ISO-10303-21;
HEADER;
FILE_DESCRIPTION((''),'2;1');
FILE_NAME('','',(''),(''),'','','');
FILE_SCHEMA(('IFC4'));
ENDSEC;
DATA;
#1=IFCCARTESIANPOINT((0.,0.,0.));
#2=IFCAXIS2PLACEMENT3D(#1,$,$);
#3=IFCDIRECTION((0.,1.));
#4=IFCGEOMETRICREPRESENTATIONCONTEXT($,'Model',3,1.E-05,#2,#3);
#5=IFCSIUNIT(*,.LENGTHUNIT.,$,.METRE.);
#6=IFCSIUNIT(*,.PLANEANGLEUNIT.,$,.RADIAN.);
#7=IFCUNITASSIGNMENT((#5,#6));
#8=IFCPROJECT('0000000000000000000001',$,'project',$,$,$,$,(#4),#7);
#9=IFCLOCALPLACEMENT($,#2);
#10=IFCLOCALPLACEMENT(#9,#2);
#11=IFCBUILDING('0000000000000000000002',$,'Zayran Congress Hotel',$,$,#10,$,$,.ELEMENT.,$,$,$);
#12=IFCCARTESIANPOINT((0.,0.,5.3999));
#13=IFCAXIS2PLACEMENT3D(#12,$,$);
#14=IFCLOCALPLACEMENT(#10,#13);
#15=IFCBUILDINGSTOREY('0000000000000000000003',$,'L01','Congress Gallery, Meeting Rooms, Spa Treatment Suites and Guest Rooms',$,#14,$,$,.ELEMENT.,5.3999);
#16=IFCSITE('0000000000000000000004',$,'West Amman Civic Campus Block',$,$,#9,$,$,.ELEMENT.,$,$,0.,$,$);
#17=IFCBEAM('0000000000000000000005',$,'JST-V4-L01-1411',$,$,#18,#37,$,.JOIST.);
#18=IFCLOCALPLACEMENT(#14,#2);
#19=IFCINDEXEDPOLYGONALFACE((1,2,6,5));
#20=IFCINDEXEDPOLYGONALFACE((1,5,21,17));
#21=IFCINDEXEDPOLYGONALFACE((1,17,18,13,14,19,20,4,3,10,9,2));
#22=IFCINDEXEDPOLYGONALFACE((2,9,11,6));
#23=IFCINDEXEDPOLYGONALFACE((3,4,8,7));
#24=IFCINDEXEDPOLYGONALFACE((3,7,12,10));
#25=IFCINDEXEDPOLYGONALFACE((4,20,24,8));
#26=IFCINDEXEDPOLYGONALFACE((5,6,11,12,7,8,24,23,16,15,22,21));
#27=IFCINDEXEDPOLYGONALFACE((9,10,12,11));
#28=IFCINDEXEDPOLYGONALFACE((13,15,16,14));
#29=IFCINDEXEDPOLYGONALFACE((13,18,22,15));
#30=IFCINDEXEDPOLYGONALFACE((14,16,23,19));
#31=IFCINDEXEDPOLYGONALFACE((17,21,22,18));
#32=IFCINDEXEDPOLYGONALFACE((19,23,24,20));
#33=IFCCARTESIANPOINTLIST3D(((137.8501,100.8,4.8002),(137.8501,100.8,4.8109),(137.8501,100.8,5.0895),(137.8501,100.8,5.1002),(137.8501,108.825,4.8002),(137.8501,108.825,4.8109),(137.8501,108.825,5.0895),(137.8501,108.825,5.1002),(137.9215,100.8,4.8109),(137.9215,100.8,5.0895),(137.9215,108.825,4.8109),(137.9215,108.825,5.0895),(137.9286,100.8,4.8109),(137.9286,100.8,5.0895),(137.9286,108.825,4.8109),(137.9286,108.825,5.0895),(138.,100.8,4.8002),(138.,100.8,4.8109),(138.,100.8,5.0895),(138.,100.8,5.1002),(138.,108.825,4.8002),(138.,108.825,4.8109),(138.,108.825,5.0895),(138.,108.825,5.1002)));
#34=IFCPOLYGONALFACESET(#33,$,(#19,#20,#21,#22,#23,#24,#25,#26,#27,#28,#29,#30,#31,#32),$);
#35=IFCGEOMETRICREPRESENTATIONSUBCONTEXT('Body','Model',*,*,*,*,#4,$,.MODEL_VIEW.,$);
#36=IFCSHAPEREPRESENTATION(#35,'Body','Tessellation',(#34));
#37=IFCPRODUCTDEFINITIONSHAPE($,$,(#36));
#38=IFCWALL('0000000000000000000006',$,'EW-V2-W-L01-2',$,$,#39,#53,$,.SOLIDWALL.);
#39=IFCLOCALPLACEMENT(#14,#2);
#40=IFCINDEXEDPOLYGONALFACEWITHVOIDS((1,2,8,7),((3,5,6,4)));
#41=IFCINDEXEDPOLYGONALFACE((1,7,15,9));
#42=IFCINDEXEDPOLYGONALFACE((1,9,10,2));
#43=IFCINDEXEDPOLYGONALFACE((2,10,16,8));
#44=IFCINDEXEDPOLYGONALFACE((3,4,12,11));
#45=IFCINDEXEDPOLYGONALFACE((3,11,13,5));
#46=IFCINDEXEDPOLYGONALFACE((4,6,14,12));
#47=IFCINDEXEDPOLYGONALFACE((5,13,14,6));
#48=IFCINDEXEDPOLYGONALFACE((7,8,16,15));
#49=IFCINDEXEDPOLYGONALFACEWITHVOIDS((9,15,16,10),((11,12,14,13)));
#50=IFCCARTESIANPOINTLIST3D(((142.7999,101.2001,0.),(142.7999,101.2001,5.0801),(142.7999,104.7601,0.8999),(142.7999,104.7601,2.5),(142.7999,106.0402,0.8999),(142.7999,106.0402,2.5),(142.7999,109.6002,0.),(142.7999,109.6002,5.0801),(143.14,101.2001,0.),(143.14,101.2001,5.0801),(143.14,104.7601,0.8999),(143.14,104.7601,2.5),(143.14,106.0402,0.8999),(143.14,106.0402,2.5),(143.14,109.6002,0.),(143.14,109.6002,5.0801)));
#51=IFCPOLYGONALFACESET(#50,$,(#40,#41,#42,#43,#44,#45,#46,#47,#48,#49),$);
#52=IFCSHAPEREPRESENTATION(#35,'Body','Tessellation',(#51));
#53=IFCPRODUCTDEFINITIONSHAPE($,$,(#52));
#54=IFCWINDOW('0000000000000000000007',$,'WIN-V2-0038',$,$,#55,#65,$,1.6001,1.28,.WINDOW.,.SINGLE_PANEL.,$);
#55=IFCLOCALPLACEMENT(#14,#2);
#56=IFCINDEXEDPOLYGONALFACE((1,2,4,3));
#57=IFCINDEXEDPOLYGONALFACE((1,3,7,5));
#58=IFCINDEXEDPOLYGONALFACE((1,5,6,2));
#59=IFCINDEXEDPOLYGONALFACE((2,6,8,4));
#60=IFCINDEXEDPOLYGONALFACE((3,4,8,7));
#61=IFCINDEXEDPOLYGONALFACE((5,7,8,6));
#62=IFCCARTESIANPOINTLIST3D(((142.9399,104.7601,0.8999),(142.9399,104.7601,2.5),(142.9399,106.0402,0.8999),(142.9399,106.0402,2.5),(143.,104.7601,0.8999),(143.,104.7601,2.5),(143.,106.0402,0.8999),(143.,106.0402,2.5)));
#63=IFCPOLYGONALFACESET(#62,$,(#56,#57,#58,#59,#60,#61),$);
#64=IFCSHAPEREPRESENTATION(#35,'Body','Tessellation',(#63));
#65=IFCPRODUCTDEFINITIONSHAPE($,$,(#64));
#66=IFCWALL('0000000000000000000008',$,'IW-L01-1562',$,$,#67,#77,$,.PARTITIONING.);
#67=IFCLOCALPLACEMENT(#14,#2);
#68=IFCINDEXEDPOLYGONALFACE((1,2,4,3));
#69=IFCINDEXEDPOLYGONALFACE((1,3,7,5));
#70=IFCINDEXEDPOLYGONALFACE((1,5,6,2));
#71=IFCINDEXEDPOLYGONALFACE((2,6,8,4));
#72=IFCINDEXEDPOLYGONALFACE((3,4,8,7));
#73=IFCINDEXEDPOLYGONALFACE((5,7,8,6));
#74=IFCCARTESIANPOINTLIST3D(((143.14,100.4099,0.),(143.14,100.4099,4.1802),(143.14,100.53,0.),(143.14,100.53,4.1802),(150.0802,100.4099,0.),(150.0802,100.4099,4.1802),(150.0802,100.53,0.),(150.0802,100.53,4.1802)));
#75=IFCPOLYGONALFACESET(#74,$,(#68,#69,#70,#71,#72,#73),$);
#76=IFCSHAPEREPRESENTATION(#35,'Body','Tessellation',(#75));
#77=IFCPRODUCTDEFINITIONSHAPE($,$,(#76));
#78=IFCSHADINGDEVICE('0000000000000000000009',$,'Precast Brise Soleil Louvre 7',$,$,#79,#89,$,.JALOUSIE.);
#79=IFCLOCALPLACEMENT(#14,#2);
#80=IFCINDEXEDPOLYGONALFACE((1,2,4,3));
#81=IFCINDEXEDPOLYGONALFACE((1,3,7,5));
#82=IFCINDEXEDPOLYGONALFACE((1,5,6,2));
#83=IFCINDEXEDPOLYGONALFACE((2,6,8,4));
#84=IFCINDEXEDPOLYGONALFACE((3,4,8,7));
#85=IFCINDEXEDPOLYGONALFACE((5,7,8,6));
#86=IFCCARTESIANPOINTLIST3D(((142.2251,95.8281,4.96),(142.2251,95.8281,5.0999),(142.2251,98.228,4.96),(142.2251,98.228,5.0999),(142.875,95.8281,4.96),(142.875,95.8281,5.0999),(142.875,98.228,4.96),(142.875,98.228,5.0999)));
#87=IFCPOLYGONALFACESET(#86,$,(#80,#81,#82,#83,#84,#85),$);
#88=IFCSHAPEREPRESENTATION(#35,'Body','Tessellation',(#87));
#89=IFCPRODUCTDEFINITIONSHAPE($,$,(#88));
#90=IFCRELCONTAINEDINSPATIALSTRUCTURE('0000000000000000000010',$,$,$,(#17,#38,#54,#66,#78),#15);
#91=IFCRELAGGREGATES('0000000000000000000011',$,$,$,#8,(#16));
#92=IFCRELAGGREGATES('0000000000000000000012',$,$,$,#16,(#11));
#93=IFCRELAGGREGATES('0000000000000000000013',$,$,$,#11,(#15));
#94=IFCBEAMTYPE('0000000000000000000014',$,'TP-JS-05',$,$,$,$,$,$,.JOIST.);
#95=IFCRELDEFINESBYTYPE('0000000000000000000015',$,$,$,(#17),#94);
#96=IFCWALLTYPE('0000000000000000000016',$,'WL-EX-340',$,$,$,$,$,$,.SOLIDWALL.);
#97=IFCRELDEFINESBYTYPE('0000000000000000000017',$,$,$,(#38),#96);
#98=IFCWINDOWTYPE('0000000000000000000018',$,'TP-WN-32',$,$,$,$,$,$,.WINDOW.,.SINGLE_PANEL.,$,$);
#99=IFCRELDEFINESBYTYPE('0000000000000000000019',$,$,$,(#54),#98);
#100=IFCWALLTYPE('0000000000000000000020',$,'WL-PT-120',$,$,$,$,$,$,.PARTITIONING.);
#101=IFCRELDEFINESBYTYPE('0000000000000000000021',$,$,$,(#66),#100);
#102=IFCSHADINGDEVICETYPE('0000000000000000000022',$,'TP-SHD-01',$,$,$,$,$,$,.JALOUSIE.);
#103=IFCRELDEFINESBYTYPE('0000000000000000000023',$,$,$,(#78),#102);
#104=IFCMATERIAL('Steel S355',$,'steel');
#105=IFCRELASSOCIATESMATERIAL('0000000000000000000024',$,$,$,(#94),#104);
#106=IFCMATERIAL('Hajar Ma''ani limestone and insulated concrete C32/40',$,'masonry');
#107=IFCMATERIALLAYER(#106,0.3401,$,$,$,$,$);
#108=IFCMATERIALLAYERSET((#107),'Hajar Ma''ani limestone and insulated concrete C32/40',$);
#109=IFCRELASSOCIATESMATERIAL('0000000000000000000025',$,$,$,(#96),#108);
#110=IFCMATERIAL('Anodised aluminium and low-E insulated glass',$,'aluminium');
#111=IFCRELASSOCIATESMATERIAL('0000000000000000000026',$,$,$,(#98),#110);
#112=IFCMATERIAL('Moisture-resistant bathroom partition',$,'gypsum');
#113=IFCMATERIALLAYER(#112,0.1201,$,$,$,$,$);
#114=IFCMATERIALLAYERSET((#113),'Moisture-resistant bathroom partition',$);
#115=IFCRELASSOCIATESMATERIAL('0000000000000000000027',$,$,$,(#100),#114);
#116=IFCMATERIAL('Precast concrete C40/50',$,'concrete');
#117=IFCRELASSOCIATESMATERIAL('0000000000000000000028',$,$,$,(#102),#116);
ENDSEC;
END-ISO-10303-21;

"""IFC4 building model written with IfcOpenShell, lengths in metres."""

from ifc_helpers import new_model, si_unit, direction, frame, frame_2d, origin, origin_2d, place, context, subcontext, project, spatial, rectangle, i_section, extrude, material, layer, layer_set, material_profile, profile_set, type_object, element, fill, save


model = new_model("IFC4")

# Units and contexts
model_context = context("Model", 3, precision=1e-05, world=origin(), true_north=direction((0.0, 1.0)))
body_context = subcontext(model_context, "Body", "Model", "MODEL_VIEW")
ifc_project = project(units=[si_unit("LENGTHUNIT", "METRE"), si_unit("PLANEANGLEUNIT", "RADIAN")], contexts=[model_context])

# Site, building, storey
site_placement = place(None, origin())
site = spatial("IfcSite", under=ifc_project, at=site_placement, Name="West Amman Civic Campus Block", CompositionType="ELEMENT", RefElevation=0.0)
building_placement = place(site_placement, origin())
building = spatial("IfcBuilding", under=site, at=building_placement, Name="Zayran Congress Hotel", CompositionType="ELEMENT")
storey_placement = place(building_placement, frame((0.0, 0.0, 5.3999)))
storey = spatial("IfcBuildingStorey", under=building, at=storey_placement, Name="L01", Description="Congress Gallery, Meeting Rooms, Spa Treatment Suites and Guest Rooms", CompositionType="ELEMENT", Elevation=5.3999)

# Shared definitions
ifc_material_1 = material(Name="Steel S355", Category="steel")

# Beam
ifc_material_profile_1 = material_profile(ifc_material_1, i_section(OverallWidth=0.1499, OverallDepth=0.3, WebThickness=0.0071, FlangeThickness=0.0107, at=origin_2d()), Name="IPE 300")
ifc_profile_set_1 = profile_set([ifc_material_profile_1], Name="Steel S355")
beam_type_1 = type_object("IfcBeamType", Name="TP-JS-05", PredefinedType="JOIST", material=ifc_profile_set_1)
beam_1_placement = place(storey_placement, frame((137.925, 100.8, 4.9502), z_axis=(0.0, 1.0, 0.0), x_axis=(-1.0, 0.0, 0.0)))
element("IfcBeam", 1, at=beam_1_placement, inside=storey, type_object=beam_type_1, Name="JST-V4-L01-1411", PredefinedType="JOIST", context=body_context, shape_type="SweptSolid", body=[
    extrude(i_section(OverallWidth=0.1499, OverallDepth=0.3, WebThickness=0.0071, FlangeThickness=0.0107, at=origin_2d()), origin(), (0.0, 0.0, 1.0), 8.0249),
])

# Wall, opening, window
ifc_material_2 = material(Name="Hajar Ma'ani limestone and insulated concrete C32/40", Category="masonry")
ifc_layer_1 = layer(ifc_material_2, 0.3401)
ifc_layer_set_1 = layer_set([ifc_layer_1], Name="Hajar Ma'ani limestone and insulated concrete C32/40")
wall_type_1 = type_object("IfcWallType", Name="WL-EX-340", PredefinedType="SOLIDWALL", material=ifc_layer_set_1)
wall_1_placement = place(storey_placement, frame((142.97, 101.2, 0.0), z_axis=(0.0, 0.0, 1.0), x_axis=(0.0, 1.0, 0.0)))
wall_1 = element("IfcWall", 2, at=wall_1_placement, inside=storey, type_object=wall_type_1, Name="EW-V2-W-L01-2", PredefinedType="SOLIDWALL", context=body_context, shape_type="SweptSolid", body=[
    extrude(rectangle(XDim=8.4001, YDim=0.3401, at=frame_2d((4.2002, 0.0))), origin(), (0.0, 0.0, 1.0), 5.0801),
])
opening_placement = place(wall_1_placement, frame((3.5601, 0.0, 0.8999)))
opening = element("IfcOpeningElement", 3, at=opening_placement, cuts=wall_1, PredefinedType="OPENING", context=body_context, shape_type="SweptSolid", body=[
    extrude(rectangle(XDim=1.28, YDim=1.6001, at=frame_2d((0.6401, 0.8))), frame((0.0, 0.1799, 0.0), z_axis=(0.0, -1.0, 0.0), x_axis=(1.0, 0.0, 0.0)), (0.0, 0.0, 1.0), 0.3601),
])
ifc_material_3 = material(Name="Anodised aluminium and low-E insulated glass", Category="aluminium")
window_type = type_object("IfcWindowType", Name="TP-WN-32", PartitioningType="SINGLE_PANEL", PredefinedType="WINDOW", material=ifc_material_3)
window_placement = place(opening_placement, origin())
window = element("IfcWindow", 4, at=window_placement, inside=storey, type_object=window_type, Name="WIN-V2-0038", OverallHeight=1.6001, OverallWidth=1.28, PartitioningType="SINGLE_PANEL", PredefinedType="WINDOW", context=body_context, shape_type="SweptSolid", body=[
    extrude(rectangle(XDim=1.28, YDim=1.6001, at=frame_2d((0.6401, 0.8))), frame((0.0, 0.03, 0.0), z_axis=(0.0, -1.0, 0.0), x_axis=(1.0, 0.0, 0.0)), (0.0, 0.0, 1.0), 0.0601),
])
fill(opening, window)

# Wall
ifc_material_4 = material(Name="Moisture-resistant bathroom partition", Category="gypsum")
ifc_layer_2 = layer(ifc_material_4, 0.1201)
ifc_layer_set_2 = layer_set([ifc_layer_2], Name="Moisture-resistant bathroom partition")
wall_type_2 = type_object("IfcWallType", Name="WL-PT-120", PredefinedType="PARTITIONING", material=ifc_layer_set_2)
wall_2_placement = place(storey_placement, frame((143.1399, 100.47, 0.0), z_axis=(0.0, 0.0, 1.0), x_axis=(1.0, 0.0, 0.0)))
element("IfcWall", 5, at=wall_2_placement, inside=storey, type_object=wall_type_2, Name="IW-L01-1562", PredefinedType="PARTITIONING", context=body_context, shape_type="SweptSolid", body=[
    extrude(rectangle(XDim=6.9402, YDim=0.1201, at=frame_2d((3.4702, 0.0))), origin(), (0.0, 0.0, 1.0), 4.1802),
])

# Shading device
ifc_material_5 = material(Name="Precast concrete C40/50", Category="concrete")
shading_device_type = type_object("IfcShadingDeviceType", Name="TP-SHD-01", PredefinedType="JALOUSIE", material=ifc_material_5)
shading_device_placement = place(storey_placement, frame((142.55, 97.0281, 4.96), z_axis=(0.0, 0.0, 1.0), x_axis=(0.0, 1.0, 0.0)))
element("IfcShadingDevice", 6, at=shading_device_placement, inside=storey, type_object=shading_device_type, Name="Precast Brise Soleil Louvre 7", PredefinedType="JALOUSIE", context=body_context, shape_type="SweptSolid", body=[
    extrude(rectangle(XDim=2.3999, YDim=0.6499, at=origin_2d()), origin(), (0.0, 0.0, 1.0), 0.1399),
])

save(model, "model.ifc")
